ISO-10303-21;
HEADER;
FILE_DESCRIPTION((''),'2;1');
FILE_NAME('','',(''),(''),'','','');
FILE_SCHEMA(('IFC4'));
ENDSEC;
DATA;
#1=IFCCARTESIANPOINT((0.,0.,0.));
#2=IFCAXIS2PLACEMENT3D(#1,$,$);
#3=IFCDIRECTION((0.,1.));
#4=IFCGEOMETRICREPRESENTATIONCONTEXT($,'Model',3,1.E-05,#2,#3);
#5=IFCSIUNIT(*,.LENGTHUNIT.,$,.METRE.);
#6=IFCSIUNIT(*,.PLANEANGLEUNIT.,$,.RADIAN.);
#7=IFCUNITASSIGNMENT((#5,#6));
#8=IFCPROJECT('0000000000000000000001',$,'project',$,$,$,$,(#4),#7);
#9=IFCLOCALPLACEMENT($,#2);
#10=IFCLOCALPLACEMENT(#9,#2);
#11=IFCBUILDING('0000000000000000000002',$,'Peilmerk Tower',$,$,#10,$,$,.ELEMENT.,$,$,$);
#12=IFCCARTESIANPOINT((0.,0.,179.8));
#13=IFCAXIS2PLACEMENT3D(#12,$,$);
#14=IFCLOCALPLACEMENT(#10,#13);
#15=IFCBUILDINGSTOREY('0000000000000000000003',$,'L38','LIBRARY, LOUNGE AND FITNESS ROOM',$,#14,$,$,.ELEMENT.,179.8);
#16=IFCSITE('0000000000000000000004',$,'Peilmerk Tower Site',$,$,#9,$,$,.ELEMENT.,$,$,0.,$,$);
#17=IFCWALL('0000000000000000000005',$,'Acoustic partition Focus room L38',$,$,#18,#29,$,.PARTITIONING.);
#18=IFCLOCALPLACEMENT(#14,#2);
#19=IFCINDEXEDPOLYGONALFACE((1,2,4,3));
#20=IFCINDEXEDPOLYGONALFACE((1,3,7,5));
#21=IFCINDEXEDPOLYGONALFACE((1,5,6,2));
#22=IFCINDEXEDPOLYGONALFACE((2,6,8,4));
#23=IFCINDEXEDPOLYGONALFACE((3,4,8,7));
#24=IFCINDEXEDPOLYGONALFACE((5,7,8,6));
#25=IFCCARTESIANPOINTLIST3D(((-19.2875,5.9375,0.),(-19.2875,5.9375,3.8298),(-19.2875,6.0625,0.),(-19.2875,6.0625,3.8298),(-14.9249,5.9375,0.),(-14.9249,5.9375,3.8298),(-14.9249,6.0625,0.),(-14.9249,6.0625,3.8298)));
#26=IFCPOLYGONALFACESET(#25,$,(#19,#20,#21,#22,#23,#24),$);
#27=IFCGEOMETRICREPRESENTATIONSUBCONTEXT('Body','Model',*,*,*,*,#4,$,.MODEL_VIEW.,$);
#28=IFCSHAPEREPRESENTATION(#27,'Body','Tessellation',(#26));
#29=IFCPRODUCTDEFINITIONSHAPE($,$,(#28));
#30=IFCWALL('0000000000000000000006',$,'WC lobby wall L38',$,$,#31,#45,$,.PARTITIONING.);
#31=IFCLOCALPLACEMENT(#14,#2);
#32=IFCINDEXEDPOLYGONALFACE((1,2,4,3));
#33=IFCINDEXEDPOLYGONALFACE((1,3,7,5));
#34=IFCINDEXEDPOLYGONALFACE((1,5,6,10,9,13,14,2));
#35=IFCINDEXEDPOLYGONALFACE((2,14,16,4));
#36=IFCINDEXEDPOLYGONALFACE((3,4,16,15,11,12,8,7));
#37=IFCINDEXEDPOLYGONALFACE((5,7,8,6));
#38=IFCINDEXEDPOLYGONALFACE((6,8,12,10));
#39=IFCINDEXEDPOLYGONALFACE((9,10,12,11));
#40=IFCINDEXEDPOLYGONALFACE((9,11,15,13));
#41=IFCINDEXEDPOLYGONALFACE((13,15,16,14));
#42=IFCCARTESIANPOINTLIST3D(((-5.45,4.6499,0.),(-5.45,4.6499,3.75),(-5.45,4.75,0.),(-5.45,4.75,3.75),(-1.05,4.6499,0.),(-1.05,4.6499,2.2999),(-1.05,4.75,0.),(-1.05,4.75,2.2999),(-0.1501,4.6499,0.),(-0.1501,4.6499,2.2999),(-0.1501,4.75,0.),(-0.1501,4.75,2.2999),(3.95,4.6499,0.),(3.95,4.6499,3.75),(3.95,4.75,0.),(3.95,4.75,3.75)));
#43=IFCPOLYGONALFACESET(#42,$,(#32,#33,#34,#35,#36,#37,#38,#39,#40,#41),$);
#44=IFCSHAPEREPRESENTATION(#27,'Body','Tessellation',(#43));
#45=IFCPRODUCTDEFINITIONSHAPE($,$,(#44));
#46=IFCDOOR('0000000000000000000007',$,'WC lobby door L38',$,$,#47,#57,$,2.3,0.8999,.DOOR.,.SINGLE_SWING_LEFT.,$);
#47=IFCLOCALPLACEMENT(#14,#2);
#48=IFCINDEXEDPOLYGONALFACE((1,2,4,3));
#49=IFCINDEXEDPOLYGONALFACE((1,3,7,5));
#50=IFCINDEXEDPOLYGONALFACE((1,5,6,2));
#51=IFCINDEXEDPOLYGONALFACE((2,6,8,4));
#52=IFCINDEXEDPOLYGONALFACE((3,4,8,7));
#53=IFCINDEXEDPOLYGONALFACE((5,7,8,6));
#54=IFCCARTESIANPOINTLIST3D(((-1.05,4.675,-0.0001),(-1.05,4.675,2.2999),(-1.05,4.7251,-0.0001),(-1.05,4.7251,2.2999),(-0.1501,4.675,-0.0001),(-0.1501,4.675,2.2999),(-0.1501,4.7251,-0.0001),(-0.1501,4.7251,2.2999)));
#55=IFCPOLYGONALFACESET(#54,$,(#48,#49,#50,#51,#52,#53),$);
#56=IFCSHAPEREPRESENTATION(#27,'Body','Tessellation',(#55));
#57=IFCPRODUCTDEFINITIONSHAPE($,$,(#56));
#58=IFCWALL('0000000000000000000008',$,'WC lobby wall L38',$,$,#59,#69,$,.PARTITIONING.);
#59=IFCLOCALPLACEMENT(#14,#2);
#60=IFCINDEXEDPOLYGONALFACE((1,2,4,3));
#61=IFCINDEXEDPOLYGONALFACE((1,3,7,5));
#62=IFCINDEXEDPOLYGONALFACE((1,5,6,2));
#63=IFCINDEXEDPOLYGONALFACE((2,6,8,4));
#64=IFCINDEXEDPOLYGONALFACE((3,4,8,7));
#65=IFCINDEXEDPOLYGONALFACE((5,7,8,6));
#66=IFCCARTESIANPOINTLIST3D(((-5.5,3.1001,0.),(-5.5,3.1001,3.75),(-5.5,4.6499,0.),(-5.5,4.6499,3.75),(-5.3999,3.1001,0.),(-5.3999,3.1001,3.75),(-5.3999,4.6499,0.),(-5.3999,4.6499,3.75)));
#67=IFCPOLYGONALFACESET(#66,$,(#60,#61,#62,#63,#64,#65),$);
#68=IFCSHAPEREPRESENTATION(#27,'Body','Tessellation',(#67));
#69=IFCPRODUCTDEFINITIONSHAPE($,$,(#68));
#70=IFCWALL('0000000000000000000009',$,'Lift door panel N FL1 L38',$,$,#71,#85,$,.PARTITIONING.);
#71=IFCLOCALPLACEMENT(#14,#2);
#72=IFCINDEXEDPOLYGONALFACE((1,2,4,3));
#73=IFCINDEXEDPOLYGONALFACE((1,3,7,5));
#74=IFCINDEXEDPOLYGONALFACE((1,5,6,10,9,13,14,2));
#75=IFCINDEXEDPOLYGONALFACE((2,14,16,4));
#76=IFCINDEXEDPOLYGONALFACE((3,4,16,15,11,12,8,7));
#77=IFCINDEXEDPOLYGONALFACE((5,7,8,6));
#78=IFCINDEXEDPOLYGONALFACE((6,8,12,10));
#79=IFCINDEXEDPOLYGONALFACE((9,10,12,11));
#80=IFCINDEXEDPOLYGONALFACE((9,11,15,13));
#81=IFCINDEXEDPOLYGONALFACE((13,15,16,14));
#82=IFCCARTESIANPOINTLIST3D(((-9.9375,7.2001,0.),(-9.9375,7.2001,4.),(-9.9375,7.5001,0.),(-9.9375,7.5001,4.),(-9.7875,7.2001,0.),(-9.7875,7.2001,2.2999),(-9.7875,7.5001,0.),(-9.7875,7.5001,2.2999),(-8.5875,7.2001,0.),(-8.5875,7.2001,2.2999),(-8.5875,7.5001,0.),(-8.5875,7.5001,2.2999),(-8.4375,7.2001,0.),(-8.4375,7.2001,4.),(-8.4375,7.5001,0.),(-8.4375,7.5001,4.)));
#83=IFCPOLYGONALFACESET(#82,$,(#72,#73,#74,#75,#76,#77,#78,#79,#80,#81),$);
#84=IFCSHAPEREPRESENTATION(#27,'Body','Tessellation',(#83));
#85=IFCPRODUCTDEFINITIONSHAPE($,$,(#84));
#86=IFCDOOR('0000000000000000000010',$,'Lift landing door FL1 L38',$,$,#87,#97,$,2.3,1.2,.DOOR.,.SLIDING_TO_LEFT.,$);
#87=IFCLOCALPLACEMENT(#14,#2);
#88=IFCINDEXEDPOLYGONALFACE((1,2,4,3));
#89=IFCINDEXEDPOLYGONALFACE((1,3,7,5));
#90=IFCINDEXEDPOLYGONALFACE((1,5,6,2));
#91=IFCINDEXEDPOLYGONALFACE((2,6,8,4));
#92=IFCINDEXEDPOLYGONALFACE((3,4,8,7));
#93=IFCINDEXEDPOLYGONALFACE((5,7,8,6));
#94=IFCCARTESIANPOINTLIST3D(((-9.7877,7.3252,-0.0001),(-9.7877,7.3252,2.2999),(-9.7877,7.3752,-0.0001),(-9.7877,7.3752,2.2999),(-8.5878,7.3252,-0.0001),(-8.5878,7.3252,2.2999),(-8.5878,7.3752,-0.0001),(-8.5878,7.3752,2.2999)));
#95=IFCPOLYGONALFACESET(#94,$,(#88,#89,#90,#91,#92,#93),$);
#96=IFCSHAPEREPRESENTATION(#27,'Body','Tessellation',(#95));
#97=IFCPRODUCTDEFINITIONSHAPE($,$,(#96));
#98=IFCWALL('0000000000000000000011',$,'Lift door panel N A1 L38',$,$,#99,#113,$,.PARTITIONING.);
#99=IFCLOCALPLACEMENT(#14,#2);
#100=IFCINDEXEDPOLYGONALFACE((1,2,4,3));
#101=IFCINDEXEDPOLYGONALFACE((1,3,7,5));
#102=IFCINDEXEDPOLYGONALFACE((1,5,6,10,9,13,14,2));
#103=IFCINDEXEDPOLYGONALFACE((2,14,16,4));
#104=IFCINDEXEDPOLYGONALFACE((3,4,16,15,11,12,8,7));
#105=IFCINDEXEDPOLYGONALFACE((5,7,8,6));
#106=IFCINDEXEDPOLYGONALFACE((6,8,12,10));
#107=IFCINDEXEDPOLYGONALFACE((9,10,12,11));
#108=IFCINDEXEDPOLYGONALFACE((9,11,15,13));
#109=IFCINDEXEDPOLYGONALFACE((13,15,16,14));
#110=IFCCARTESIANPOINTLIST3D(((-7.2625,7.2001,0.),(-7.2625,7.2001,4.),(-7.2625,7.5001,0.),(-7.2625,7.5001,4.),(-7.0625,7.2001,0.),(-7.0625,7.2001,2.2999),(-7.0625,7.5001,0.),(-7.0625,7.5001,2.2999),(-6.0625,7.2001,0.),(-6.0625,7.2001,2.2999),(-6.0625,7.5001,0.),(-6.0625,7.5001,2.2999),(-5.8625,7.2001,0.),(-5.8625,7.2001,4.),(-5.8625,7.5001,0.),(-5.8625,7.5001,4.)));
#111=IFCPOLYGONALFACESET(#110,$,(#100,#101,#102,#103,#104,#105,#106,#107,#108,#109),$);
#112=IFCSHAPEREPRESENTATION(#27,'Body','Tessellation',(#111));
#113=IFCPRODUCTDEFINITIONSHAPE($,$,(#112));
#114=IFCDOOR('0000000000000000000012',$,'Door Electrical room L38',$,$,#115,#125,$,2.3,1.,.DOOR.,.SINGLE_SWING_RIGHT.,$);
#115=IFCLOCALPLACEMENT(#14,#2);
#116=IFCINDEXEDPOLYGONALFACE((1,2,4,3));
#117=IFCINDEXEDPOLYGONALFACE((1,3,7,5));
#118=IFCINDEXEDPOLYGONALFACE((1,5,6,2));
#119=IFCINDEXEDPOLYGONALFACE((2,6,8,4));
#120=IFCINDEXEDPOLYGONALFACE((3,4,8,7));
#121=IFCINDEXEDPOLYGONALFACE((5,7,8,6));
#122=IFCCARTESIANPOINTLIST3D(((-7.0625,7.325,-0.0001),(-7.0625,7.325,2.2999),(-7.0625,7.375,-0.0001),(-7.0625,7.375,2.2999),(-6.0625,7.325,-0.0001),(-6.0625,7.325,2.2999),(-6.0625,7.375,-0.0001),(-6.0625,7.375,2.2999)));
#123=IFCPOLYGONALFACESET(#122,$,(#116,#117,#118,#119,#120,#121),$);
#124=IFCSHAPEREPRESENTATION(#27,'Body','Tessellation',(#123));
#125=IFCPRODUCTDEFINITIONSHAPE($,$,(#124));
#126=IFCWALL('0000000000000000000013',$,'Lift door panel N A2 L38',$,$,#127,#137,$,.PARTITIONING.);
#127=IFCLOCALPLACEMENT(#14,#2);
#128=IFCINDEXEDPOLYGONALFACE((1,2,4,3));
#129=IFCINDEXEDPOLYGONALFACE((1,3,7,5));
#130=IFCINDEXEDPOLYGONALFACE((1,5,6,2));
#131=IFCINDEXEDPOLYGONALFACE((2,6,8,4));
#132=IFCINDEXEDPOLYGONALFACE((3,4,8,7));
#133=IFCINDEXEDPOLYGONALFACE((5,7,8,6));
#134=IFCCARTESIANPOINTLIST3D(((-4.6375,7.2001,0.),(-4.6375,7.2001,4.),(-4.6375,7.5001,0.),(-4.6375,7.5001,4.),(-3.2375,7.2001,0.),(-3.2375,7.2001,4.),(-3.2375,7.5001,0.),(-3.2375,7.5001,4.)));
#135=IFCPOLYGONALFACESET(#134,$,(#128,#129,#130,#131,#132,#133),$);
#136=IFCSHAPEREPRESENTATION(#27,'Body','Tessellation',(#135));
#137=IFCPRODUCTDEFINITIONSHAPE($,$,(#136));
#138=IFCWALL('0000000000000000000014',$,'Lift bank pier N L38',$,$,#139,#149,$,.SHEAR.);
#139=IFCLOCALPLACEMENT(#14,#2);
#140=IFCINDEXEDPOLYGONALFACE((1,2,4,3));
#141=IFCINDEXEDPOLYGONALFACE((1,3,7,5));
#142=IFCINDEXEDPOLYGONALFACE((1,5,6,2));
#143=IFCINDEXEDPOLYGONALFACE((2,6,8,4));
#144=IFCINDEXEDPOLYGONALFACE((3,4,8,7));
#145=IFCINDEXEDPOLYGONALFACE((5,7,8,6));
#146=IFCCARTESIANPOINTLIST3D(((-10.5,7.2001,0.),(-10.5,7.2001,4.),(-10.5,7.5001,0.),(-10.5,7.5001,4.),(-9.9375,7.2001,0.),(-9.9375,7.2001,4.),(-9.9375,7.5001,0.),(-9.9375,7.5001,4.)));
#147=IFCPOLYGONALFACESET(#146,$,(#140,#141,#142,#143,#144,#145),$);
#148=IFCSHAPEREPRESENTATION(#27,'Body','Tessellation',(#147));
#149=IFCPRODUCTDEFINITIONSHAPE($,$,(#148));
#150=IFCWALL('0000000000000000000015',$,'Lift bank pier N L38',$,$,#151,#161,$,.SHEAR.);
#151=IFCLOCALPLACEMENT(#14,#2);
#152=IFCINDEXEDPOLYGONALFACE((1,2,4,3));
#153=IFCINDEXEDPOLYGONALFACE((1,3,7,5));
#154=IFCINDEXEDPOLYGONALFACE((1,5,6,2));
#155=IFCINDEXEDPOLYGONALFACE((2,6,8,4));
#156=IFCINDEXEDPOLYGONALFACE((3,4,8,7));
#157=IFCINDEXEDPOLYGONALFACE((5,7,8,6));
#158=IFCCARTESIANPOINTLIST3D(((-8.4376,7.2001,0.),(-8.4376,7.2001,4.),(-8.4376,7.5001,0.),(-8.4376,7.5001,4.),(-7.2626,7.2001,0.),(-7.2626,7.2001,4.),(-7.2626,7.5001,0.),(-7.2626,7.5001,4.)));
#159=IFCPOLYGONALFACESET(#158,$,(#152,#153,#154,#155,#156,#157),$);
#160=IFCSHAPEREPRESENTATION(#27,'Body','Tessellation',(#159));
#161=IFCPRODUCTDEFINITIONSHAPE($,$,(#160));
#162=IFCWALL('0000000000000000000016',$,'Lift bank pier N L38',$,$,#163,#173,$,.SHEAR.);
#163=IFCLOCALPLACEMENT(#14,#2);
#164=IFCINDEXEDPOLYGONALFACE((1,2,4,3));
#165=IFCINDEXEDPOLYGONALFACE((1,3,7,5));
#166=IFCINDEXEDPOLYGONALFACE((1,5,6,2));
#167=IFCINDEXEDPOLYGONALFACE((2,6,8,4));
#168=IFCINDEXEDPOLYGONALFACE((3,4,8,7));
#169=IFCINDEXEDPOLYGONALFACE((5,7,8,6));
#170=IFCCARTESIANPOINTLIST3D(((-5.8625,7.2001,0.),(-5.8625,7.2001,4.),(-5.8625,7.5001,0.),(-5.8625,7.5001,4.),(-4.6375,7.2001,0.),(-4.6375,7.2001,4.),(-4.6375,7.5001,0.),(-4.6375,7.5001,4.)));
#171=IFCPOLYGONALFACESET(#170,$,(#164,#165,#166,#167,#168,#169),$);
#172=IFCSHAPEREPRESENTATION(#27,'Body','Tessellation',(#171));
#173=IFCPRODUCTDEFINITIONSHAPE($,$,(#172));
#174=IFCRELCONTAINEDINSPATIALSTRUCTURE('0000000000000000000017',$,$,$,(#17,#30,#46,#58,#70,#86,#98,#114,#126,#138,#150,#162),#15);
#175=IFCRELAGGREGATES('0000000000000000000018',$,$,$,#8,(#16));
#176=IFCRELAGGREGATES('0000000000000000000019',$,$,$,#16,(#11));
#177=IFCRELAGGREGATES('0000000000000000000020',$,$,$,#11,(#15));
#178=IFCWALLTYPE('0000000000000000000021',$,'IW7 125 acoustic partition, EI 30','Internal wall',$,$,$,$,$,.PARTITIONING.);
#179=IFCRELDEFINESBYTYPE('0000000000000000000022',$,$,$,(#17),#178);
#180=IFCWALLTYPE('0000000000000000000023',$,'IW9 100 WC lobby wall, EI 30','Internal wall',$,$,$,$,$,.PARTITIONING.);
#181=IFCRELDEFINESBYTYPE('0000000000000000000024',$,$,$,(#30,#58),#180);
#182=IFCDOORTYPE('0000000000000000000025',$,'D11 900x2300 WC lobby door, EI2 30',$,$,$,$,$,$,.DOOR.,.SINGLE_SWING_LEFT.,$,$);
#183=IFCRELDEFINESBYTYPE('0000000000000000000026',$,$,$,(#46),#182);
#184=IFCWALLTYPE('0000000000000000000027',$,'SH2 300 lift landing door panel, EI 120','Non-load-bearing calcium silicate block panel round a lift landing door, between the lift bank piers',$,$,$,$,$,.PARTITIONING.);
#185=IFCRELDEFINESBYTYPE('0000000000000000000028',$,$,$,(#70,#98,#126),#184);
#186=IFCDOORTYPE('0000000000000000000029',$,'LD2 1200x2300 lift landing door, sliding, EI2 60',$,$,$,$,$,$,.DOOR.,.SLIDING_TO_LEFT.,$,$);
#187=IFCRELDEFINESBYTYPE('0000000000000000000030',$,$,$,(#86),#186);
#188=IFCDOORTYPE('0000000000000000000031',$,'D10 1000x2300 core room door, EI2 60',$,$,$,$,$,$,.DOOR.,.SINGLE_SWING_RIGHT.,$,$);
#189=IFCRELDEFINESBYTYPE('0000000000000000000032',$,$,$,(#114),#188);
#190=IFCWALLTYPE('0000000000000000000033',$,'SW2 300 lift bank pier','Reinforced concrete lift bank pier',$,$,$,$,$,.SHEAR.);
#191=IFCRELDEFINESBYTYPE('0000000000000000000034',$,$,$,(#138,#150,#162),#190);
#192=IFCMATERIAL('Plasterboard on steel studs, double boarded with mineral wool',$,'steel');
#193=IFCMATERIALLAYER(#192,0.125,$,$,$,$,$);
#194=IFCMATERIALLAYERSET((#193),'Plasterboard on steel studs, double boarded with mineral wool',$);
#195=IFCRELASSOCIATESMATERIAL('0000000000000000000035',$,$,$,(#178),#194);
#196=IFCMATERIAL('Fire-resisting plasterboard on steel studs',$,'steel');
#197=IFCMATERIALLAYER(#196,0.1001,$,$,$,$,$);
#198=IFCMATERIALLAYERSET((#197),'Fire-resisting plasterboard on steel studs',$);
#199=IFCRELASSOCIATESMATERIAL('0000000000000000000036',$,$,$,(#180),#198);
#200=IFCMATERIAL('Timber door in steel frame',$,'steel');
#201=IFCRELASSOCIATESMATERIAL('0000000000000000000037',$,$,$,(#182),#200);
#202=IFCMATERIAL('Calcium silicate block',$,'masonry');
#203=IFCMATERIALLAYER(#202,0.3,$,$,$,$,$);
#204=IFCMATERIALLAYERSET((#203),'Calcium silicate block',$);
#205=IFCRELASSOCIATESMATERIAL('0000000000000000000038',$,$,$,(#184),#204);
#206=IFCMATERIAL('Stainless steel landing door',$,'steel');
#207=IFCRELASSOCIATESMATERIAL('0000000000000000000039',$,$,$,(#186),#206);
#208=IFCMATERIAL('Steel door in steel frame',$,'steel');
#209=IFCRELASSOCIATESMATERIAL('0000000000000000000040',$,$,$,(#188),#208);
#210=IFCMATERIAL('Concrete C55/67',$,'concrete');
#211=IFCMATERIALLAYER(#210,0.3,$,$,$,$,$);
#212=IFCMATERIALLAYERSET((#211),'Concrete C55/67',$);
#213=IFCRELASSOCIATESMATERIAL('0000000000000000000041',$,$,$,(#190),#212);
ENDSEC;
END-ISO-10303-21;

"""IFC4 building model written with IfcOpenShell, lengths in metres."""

from ifc_helpers import new_model, si_unit, direction, frame, frame_2d, origin, place, context, subcontext, project, spatial, rectangle, extrude, material, layer, layer_set, type_object, element, fill, save


model = new_model("IFC4")

# Units and contexts
model_context = context("Model", 3, precision=1e-05, world=origin(), true_north=direction((0.0, 1.0)))
body_context = subcontext(model_context, "Body", "Model", "MODEL_VIEW")
ifc_project = project(units=[si_unit("LENGTHUNIT", "METRE"), si_unit("PLANEANGLEUNIT", "RADIAN")], contexts=[model_context])

# Site, building, storey
site_placement = place(None, origin())
site = spatial("IfcSite", under=ifc_project, at=site_placement, Name="Peilmerk Tower Site", CompositionType="ELEMENT", RefElevation=0.0)
building_placement = place(site_placement, origin())
building = spatial("IfcBuilding", under=site, at=building_placement, Name="Peilmerk Tower", CompositionType="ELEMENT")
storey_placement = place(building_placement, frame((0.0, 0.0, 179.8)))
storey = spatial("IfcBuildingStorey", under=building, at=storey_placement, Name="L38", Description="LIBRARY, LOUNGE AND FITNESS ROOM", CompositionType="ELEMENT", Elevation=179.8)

# Shared definitions
ifc_material_1 = material(Name="Steel door in steel frame", Category="steel")

# Shared definitions
ifc_material_2 = material(Name="Timber door in steel frame", Category="steel")

# Wall
ifc_material_3 = material(Name="Plasterboard on steel studs, double boarded with mineral wool", Category="steel")
ifc_layer_1 = layer(ifc_material_3, 0.125)
ifc_layer_set_1 = layer_set([ifc_layer_1], Name="Plasterboard on steel studs, double boarded with mineral wool")
wall_type_1 = type_object("IfcWallType", Name="IW7 125 acoustic partition, EI 30", Description="Internal wall", PredefinedType="PARTITIONING", material=ifc_layer_set_1)
wall_1_placement = place(storey_placement, frame((-14.925, 6.0, 0.0), z_axis=(0.0, 0.0, 1.0), x_axis=(-1.0, 0.0, 0.0)))
element("IfcWall", 1, at=wall_1_placement, inside=storey, type_object=wall_type_1, Name="Acoustic partition Focus room L38", PredefinedType="PARTITIONING", context=body_context, shape_type="SweptSolid", body=[
    extrude(rectangle(XDim=4.3625, YDim=0.125, at=frame_2d((2.1812, 0.0))), origin(), (0.0, 0.0, 1.0), 3.8298),
])

# Wall, opening, door
ifc_material_4 = material(Name="Fire-resisting plasterboard on steel studs", Category="steel")
ifc_layer_2 = layer(ifc_material_4, 0.1001)
ifc_layer_set_2 = layer_set([ifc_layer_2], Name="Fire-resisting plasterboard on steel studs")
wall_type_2 = type_object("IfcWallType", Name="IW9 100 WC lobby wall, EI 30", Description="Internal wall", PredefinedType="PARTITIONING", material=ifc_layer_set_2)
wall_2_placement = place(storey_placement, frame((-5.45, 4.7, 0.0), z_axis=(0.0, 0.0, 1.0), x_axis=(1.0, 0.0, 0.0)))
wall_2 = element("IfcWall", 2, at=wall_2_placement, inside=storey, type_object=wall_type_2, Name="WC lobby wall L38", PredefinedType="PARTITIONING", context=body_context, shape_type="SweptSolid", body=[
    extrude(rectangle(XDim=9.3999, YDim=0.1001, at=frame_2d((4.7, 0.0))), origin(), (0.0, 0.0, 1.0), 3.75),
])
opening_1_placement = place(wall_2_placement, frame((4.3999, 0.0, 0.0)))
opening_1 = element("IfcOpeningElement", 3, at=opening_1_placement, cuts=wall_2, PredefinedType="OPENING", context=body_context, shape_type="SweptSolid", body=[
    extrude(rectangle(XDim=0.8999, YDim=2.3, at=frame_2d((0.45, 1.1499))), frame((0.0, 0.0601, 0.0), z_axis=(0.0, -1.0, 0.0), x_axis=(1.0, 0.0, 0.0)), (0.0, 0.0, 1.0), 0.1201),
])
door_type_1 = type_object("IfcDoorType", Name="D11 900x2300 WC lobby door, EI2 30", OperationType="SINGLE_SWING_LEFT", PredefinedType="DOOR", material=ifc_material_2)
door_1_placement = place(opening_1_placement, frame((0.8999, 0.0, 0.0), z_axis=(0.0, 0.0, 1.0), x_axis=(-1.0, 0.0, 0.0)))
door_1 = element("IfcDoor", 4, at=door_1_placement, inside=storey, type_object=door_type_1, Name="WC lobby door L38", OperationType="SINGLE_SWING_LEFT", OverallHeight=2.3, OverallWidth=0.8999, PredefinedType="DOOR", context=body_context, shape_type="SweptSolid", body=[
    extrude(rectangle(XDim=0.8999, YDim=2.3, at=frame_2d((0.45, 1.1499))), frame((0.0, 0.0249, 0.0), z_axis=(0.0, -1.0, 0.0), x_axis=(1.0, 0.0, 0.0)), (0.0, 0.0, 1.0), 0.05),
])
fill(opening_1, door_1)

# Wall
wall_3_placement = place(storey_placement, frame((-5.45, 3.1001, 0.0), z_axis=(0.0, 0.0, 1.0), x_axis=(0.0, 1.0, 0.0)))
element("IfcWall", 5, at=wall_3_placement, inside=storey, type_object=wall_type_2, Name="WC lobby wall L38", PredefinedType="PARTITIONING", context=body_context, shape_type="SweptSolid", body=[
    extrude(rectangle(XDim=1.5498, YDim=0.1001, at=frame_2d((0.7749, 0.0))), origin(), (0.0, 0.0, 1.0), 3.75),
])

# Walls, openings, doors
ifc_material_5 = material(Name="Calcium silicate block", Category="masonry")
ifc_layer_3 = layer(ifc_material_5, 0.3)
ifc_layer_set_3 = layer_set([ifc_layer_3], Name="Calcium silicate block")
wall_type_3 = type_object("IfcWallType", Name="SH2 300 lift landing door panel, EI 120", Description="Non-load-bearing calcium silicate block panel round a lift landing door, between the lift bank piers", PredefinedType="PARTITIONING", material=ifc_layer_set_3)
wall_4_placement = place(storey_placement, frame((-9.9375, 7.3501, 0.0), z_axis=(0.0, 0.0, 1.0), x_axis=(1.0, 0.0, 0.0)))
wall_4 = element("IfcWall", 6, at=wall_4_placement, inside=storey, type_object=wall_type_3, Name="Lift door panel N FL1 L38", PredefinedType="PARTITIONING", context=body_context, shape_type="SweptSolid", body=[
    extrude(rectangle(XDim=1.5, YDim=0.3, at=frame_2d((0.75, 0.0))), origin(), (0.0, 0.0, 1.0), 4.0),
])
opening_2_placement = place(wall_4_placement, frame((0.1499, 0.0, 0.0)))
opening_2 = element("IfcOpeningElement", 7, at=opening_2_placement, cuts=wall_4, PredefinedType="OPENING", context=body_context, shape_type="SweptSolid", body=[
    extrude(rectangle(XDim=1.2, YDim=2.3, at=frame_2d((0.6001, 1.1499))), frame((0.0, 0.1599, 0.0), z_axis=(0.0, -1.0, 0.0), x_axis=(1.0, 0.0, 0.0)), (0.0, 0.0, 1.0), 0.3201),
])
ifc_material_6 = material(Name="Stainless steel landing door", Category="steel")
door_type_2 = type_object("IfcDoorType", Name="LD2 1200x2300 lift landing door, sliding, EI2 60", OperationType="SLIDING_TO_LEFT", PredefinedType="DOOR", material=ifc_material_6)
door_2_placement = place(opening_2_placement, frame((1.2, 0.0, 0.0), z_axis=(0.0, 0.0, 1.0), x_axis=(-1.0, 0.0, 0.0)))
door_2 = element("IfcDoor", 8, at=door_2_placement, inside=storey, type_object=door_type_2, Name="Lift landing door FL1 L38", OperationType="SLIDING_TO_LEFT", OverallHeight=2.3, OverallWidth=1.2, PredefinedType="DOOR", context=body_context, shape_type="SweptSolid", body=[
    extrude(rectangle(XDim=1.2, YDim=2.3, at=frame_2d((0.6001, 1.1499))), frame((0.0, 0.0249, 0.0), z_axis=(0.0, -1.0, 0.0), x_axis=(1.0, 0.0, 0.0)), (0.0, 0.0, 1.0), 0.05),
])
fill(opening_2, door_2)
wall_5_placement = place(storey_placement, frame((-7.2625, 7.3501, 0.0), z_axis=(0.0, 0.0, 1.0), x_axis=(1.0, 0.0, 0.0)))
wall_5 = element("IfcWall", 9, at=wall_5_placement, inside=storey, type_object=wall_type_3, Name="Lift door panel N A1 L38", PredefinedType="PARTITIONING", context=body_context, shape_type="SweptSolid", body=[
    extrude(rectangle(XDim=1.3999, YDim=0.3, at=frame_2d((0.7, 0.0))), origin(), (0.0, 0.0, 1.0), 4.0),
])
opening_3_placement = place(wall_5_placement, frame((0.2, 0.0, 0.0)))
opening_3 = element("IfcOpeningElement", 10, at=opening_3_placement, cuts=wall_5, PredefinedType="OPENING", context=body_context, shape_type="SweptSolid", body=[
    extrude(rectangle(XDim=1.0, YDim=2.3, at=frame_2d((0.5, 1.1499))), frame((0.0, 0.1599, 0.0), z_axis=(0.0, -1.0, 0.0), x_axis=(1.0, 0.0, 0.0)), (0.0, 0.0, 1.0), 0.3201),
])
door_type_3 = type_object("IfcDoorType", Name="D10 1000x2300 core room door, EI2 60", OperationType="SINGLE_SWING_RIGHT", PredefinedType="DOOR", material=ifc_material_1)
door_3_placement = place(opening_3_placement, origin())
door_3 = element("IfcDoor", 11, at=door_3_placement, inside=storey, type_object=door_type_3, Name="Door Electrical room L38", OperationType="SINGLE_SWING_RIGHT", OverallHeight=2.3, OverallWidth=1.0, PredefinedType="DOOR", context=body_context, shape_type="SweptSolid", body=[
    extrude(rectangle(XDim=1.0, YDim=2.3, at=frame_2d((0.5, 1.1499))), frame((0.0, 0.0249, 0.0), z_axis=(0.0, -1.0, 0.0), x_axis=(1.0, 0.0, 0.0)), (0.0, 0.0, 1.0), 0.05),
])
fill(opening_3, door_3)

# Walls
wall_6_placement = place(storey_placement, frame((-4.6375, 7.3501, 0.0), z_axis=(0.0, 0.0, 1.0), x_axis=(1.0, 0.0, 0.0)))
element("IfcWall", 12, at=wall_6_placement, inside=storey, type_object=wall_type_3, Name="Lift door panel N A2 L38", PredefinedType="PARTITIONING", context=body_context, shape_type="SweptSolid", body=[
    extrude(rectangle(XDim=1.3999, YDim=0.3, at=frame_2d((0.7, 0.0))), origin(), (0.0, 0.0, 1.0), 4.0),
])
ifc_material_7 = material(Name="Concrete C55/67", Category="concrete")
ifc_layer_4 = layer(ifc_material_7, 0.3)
ifc_layer_set_4 = layer_set([ifc_layer_4], Name="Concrete C55/67")
wall_type_4 = type_object("IfcWallType", Name="SW2 300 lift bank pier", Description="Reinforced concrete lift bank pier", PredefinedType="SHEAR", material=ifc_layer_set_4)
wall_7_placement = place(storey_placement, frame((-10.5, 7.3501, 0.0), z_axis=(0.0, 0.0, 1.0), x_axis=(1.0, 0.0, 0.0)))
element("IfcWall", 13, at=wall_7_placement, inside=storey, type_object=wall_type_4, Name="Lift bank pier N L38", PredefinedType="SHEAR", context=body_context, shape_type="SweptSolid", body=[
    extrude(rectangle(XDim=0.5625, YDim=0.3, at=frame_2d((0.2812, 0.0))), origin(), (0.0, 0.0, 1.0), 4.0),
])
wall_8_placement = place(storey_placement, frame((-8.4375, 7.3501, 0.0), z_axis=(0.0, 0.0, 1.0), x_axis=(1.0, 0.0, 0.0)))
element("IfcWall", 14, at=wall_8_placement, inside=storey, type_object=wall_type_4, Name="Lift bank pier N L38", PredefinedType="SHEAR", context=body_context, shape_type="SweptSolid", body=[
    extrude(rectangle(XDim=1.175, YDim=0.3, at=frame_2d((0.5874, 0.0))), origin(), (0.0, 0.0, 1.0), 4.0),
])
for number, where, z_axis, x_axis, name in (
    (15, (-5.8625, 7.3501, 0.0), (0.0, 0.0, 1.0), (1.0, 0.0, 0.0), "Lift bank pier N L38"),
):
    element("IfcWall", number, at=place(storey_placement, frame(where, z_axis=z_axis, x_axis=x_axis)), inside=storey, type_object=wall_type_4, Name=name, PredefinedType="SHEAR", context=body_context, shape_type="SweptSolid", body=[
        extrude(rectangle(XDim=1.2251, YDim=0.3, at=frame_2d((0.6125, 0.0))), origin(), (0.0, 0.0, 1.0), 4.0),
    ])

save(model, "model.ifc")
